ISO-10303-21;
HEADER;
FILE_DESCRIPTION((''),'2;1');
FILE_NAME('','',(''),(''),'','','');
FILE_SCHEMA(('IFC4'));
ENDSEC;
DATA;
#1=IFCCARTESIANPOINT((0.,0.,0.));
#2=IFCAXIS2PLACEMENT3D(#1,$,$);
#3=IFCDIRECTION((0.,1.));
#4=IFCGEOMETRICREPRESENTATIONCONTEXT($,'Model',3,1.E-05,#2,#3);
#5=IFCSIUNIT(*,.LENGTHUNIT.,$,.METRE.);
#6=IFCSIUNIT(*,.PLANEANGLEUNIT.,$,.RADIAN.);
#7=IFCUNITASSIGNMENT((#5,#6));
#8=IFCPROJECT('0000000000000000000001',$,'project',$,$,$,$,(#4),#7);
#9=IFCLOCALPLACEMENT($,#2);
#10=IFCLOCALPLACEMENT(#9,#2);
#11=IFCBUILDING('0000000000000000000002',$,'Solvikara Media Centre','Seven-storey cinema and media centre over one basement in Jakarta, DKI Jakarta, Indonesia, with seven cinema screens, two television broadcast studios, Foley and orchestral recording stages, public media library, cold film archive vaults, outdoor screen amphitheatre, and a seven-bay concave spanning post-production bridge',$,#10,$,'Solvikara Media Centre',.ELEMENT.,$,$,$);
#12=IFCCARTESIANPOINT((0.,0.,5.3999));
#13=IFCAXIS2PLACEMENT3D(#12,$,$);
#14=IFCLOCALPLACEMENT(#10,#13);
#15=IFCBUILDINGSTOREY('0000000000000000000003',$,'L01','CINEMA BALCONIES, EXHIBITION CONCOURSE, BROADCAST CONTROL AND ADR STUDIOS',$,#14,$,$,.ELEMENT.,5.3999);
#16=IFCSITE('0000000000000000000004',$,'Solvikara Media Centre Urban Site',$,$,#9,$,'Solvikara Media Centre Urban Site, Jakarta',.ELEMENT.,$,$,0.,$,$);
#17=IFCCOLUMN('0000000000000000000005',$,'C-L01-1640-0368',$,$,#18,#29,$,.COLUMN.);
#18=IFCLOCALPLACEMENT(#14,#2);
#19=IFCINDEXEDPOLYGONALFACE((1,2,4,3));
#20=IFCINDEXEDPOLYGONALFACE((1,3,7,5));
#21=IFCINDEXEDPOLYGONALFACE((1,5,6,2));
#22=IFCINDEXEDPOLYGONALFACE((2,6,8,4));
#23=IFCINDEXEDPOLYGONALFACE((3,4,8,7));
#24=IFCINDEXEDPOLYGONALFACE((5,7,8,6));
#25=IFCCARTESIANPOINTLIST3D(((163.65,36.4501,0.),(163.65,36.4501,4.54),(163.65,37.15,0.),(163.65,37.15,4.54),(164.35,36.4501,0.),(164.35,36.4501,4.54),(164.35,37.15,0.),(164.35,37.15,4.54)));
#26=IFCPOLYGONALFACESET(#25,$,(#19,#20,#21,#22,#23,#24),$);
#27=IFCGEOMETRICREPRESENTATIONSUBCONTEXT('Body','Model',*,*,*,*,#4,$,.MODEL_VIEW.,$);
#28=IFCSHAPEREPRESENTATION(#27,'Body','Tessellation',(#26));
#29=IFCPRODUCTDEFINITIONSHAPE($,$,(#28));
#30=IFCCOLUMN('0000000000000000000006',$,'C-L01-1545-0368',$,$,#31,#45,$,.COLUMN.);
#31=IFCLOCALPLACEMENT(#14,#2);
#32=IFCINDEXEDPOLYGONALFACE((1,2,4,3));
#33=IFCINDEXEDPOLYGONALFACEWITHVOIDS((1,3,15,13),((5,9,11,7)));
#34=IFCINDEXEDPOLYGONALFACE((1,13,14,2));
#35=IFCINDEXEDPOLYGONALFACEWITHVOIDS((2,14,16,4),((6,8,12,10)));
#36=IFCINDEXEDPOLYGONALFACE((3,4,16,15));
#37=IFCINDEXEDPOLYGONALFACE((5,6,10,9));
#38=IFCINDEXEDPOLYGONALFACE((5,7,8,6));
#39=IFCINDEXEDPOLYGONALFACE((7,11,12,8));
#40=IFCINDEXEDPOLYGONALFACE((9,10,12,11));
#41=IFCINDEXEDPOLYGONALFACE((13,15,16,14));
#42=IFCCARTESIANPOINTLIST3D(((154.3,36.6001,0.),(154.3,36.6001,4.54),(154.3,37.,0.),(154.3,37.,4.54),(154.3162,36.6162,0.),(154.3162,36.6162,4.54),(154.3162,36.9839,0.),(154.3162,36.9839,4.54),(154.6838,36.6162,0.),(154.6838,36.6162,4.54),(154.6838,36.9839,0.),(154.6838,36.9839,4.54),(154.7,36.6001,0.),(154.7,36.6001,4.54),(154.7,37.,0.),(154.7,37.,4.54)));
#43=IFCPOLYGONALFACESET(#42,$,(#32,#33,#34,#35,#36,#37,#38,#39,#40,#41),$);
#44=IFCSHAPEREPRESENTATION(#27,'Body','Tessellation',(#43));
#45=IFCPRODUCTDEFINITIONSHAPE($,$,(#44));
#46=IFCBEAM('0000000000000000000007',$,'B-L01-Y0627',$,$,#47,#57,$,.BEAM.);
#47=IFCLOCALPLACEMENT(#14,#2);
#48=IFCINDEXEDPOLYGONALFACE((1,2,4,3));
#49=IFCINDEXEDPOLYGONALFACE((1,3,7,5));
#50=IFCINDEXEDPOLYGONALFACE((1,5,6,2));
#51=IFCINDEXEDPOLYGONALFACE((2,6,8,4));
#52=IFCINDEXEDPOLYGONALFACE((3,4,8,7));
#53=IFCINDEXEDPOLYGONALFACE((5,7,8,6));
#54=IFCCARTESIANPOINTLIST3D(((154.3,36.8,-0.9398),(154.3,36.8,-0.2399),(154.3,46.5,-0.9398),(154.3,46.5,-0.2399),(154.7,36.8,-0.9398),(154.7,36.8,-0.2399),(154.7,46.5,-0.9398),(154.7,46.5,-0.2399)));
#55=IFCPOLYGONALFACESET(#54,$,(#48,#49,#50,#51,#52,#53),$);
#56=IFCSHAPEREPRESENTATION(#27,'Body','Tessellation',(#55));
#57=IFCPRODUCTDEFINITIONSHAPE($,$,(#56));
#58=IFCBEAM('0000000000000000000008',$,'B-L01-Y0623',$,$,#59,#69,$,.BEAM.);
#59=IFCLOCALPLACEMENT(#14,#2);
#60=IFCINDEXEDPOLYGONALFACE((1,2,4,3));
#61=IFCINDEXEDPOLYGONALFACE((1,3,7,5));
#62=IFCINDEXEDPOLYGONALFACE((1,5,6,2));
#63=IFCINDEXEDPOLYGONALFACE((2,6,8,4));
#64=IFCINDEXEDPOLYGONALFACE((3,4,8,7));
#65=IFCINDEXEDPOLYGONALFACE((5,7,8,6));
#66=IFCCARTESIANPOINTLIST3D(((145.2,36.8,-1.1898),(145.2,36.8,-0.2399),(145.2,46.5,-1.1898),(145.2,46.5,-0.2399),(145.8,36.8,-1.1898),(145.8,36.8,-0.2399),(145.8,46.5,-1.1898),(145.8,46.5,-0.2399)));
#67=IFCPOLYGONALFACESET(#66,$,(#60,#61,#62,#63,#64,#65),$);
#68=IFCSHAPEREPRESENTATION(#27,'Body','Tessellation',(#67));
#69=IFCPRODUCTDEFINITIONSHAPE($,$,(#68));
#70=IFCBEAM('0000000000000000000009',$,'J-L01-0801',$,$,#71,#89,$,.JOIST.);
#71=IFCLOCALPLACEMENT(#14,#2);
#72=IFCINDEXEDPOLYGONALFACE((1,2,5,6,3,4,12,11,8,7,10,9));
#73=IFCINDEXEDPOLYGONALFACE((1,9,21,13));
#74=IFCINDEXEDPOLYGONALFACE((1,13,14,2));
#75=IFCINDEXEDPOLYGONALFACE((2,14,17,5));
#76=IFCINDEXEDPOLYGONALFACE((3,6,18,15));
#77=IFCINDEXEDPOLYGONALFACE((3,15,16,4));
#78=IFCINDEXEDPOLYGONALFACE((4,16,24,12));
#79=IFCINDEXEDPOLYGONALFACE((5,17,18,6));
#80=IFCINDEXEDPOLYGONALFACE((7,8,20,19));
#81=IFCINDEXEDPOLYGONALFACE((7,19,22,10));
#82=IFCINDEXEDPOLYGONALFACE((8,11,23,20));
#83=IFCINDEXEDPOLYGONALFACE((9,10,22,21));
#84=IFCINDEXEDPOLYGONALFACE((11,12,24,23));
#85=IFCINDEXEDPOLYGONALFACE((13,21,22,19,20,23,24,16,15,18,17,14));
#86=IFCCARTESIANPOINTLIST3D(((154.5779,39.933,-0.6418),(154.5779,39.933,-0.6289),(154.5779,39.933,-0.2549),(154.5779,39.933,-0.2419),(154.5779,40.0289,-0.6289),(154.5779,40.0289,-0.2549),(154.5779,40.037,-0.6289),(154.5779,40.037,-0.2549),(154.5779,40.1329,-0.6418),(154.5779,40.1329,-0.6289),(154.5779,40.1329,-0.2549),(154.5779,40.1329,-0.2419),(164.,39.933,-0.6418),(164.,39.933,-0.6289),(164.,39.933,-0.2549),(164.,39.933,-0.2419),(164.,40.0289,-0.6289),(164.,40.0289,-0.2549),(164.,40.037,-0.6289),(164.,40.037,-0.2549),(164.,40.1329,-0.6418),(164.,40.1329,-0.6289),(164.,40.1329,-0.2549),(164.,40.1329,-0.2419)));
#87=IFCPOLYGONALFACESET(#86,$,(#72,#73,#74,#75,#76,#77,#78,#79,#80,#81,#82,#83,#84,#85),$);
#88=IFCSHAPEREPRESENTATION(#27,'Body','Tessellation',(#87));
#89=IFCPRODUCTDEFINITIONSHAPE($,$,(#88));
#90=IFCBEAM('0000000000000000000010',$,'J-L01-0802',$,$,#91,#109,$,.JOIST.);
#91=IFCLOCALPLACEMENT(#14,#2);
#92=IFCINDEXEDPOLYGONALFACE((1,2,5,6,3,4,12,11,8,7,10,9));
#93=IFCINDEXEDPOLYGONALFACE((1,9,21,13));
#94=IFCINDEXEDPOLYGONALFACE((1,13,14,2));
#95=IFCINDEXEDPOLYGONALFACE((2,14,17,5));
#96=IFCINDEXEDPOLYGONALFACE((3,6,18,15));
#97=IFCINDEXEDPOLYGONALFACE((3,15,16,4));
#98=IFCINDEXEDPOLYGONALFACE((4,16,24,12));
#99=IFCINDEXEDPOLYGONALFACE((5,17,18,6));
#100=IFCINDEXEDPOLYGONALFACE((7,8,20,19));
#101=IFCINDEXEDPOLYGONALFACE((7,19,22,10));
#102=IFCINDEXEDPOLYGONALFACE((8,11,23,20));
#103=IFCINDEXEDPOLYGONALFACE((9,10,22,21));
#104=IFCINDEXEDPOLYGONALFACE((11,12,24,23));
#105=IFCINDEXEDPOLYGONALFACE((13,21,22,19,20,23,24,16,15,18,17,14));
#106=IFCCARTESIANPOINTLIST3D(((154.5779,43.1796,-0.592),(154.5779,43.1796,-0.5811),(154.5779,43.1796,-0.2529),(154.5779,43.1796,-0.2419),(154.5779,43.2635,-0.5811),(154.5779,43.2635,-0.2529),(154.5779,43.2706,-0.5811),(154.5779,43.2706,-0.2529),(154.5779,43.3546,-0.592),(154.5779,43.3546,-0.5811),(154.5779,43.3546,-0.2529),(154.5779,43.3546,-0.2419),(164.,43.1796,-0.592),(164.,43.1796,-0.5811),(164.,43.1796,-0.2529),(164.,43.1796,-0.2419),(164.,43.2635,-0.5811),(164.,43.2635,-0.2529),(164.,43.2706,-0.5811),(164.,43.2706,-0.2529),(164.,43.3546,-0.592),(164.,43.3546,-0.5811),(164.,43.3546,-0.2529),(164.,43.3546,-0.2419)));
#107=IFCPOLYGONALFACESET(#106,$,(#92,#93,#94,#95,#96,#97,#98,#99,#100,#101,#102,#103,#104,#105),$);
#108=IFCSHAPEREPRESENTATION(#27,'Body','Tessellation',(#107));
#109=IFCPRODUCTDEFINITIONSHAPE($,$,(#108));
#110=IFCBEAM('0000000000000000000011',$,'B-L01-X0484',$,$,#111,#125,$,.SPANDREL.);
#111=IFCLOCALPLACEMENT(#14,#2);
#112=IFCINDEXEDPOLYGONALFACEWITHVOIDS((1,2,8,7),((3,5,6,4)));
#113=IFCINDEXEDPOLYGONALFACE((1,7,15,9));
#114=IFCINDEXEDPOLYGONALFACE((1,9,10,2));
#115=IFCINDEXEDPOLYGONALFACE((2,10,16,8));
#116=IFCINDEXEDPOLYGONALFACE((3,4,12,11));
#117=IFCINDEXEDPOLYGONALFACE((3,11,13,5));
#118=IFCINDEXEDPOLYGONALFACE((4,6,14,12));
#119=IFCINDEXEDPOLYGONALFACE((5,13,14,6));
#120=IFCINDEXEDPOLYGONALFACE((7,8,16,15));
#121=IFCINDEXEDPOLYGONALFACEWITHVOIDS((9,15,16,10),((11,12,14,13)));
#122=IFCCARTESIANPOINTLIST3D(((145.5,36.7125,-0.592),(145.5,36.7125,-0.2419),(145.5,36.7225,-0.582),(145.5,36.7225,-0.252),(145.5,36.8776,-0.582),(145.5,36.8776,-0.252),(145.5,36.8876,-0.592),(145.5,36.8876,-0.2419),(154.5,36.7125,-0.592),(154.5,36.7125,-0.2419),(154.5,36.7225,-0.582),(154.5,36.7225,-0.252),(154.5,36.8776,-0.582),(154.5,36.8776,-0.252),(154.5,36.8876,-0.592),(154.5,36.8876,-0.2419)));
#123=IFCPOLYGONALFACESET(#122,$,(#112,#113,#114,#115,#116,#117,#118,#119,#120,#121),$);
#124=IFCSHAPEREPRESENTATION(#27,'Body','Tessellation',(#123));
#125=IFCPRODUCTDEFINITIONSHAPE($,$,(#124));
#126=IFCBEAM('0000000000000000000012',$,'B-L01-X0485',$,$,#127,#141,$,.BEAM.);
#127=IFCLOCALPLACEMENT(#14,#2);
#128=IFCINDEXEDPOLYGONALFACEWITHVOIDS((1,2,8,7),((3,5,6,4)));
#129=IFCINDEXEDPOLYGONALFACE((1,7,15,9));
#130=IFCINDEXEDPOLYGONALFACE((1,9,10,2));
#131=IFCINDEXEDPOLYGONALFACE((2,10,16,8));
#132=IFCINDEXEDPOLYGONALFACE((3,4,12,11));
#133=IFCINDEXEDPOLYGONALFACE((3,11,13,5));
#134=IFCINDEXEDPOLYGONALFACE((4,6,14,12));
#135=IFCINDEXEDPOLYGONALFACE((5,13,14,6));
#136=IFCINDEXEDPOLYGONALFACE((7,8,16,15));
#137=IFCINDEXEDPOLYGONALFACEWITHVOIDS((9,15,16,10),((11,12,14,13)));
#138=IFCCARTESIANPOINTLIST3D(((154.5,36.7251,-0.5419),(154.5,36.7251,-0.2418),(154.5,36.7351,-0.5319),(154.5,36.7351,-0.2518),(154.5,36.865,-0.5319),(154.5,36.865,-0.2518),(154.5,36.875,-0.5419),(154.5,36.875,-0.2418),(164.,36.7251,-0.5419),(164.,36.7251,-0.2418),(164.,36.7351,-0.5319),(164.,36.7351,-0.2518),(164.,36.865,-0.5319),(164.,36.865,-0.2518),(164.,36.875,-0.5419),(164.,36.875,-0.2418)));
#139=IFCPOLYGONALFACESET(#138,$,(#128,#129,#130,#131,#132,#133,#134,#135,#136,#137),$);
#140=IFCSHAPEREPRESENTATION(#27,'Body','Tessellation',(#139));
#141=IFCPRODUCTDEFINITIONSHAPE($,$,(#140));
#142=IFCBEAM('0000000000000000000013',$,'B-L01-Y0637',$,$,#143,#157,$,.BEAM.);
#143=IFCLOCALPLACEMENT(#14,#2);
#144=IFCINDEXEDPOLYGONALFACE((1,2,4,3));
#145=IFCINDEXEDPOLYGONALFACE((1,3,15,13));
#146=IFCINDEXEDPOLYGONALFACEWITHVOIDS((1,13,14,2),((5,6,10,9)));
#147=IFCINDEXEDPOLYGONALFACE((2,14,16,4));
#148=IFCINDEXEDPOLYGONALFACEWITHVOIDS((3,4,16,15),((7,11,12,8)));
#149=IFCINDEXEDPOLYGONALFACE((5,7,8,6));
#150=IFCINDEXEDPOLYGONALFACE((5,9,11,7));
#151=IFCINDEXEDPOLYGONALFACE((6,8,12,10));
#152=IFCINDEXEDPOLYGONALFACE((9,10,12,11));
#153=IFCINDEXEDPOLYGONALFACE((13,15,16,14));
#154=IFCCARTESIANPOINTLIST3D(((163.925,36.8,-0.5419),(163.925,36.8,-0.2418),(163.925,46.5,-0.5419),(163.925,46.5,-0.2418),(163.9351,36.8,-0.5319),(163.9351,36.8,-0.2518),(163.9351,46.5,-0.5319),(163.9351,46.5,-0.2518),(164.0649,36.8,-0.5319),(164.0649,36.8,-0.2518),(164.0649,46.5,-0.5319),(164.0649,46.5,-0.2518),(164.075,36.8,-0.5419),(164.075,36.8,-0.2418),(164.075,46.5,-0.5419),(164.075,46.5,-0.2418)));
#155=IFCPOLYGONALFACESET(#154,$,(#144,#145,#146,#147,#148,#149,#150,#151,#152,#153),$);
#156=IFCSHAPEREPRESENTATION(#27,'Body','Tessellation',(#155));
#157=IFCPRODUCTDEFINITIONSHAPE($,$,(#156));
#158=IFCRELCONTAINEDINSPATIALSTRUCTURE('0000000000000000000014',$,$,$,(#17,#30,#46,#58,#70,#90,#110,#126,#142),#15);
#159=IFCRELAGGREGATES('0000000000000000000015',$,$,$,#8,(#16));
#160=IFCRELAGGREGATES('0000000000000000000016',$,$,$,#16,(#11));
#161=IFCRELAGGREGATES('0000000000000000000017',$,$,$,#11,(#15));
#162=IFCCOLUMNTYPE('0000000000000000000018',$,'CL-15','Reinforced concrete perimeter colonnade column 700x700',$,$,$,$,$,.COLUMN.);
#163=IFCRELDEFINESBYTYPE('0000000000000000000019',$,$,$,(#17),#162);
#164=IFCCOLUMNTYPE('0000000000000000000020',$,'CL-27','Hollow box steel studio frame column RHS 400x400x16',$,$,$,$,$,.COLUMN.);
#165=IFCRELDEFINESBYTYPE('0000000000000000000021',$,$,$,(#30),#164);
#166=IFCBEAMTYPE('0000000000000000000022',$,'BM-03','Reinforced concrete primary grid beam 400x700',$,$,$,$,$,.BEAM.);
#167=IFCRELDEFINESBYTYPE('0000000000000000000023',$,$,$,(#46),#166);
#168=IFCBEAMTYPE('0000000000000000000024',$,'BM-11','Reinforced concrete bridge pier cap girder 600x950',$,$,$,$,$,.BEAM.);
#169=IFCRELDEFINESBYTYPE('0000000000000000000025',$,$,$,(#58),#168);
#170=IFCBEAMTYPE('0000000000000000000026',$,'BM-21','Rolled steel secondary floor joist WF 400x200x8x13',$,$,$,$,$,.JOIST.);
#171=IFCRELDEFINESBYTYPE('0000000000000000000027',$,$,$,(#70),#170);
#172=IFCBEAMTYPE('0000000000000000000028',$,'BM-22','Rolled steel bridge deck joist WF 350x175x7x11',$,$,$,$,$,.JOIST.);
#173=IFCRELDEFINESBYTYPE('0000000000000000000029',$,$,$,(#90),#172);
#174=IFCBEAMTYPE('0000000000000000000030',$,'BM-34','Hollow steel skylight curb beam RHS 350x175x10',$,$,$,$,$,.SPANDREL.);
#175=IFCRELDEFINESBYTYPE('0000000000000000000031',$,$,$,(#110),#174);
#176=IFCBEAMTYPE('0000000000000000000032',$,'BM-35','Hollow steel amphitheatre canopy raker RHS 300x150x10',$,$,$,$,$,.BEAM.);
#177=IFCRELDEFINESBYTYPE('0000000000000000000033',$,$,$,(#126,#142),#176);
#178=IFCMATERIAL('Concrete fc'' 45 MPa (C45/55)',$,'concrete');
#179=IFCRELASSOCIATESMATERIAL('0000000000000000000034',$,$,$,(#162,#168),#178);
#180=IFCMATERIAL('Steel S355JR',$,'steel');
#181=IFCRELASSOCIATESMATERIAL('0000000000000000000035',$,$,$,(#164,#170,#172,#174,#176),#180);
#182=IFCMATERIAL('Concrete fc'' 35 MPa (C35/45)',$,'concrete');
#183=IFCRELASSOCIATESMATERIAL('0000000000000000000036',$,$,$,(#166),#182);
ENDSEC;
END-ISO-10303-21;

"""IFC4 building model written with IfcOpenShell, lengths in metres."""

from ifc_helpers import new_model, si_unit, direction, frame, origin, origin_2d, place, context, subcontext, project, spatial, rectangle, hollow_rectangle, i_section, extrude, material, material_profile, profile_set, type_object, element, save


model = new_model("IFC4")

# Units and contexts
model_context = context("Model", 3, precision=1e-05, world=origin(), true_north=direction((0.0, 1.0)))
body_context = subcontext(model_context, "Body", "Model", "MODEL_VIEW")
ifc_project = project(units=[si_unit("LENGTHUNIT", "METRE"), si_unit("PLANEANGLEUNIT", "RADIAN")], contexts=[model_context])

# Site, building, storey
site_placement = place(None, origin())
site = spatial("IfcSite", under=ifc_project, at=site_placement, Name="Solvikara Media Centre Urban Site", LongName="Solvikara Media Centre Urban Site, Jakarta", CompositionType="ELEMENT", RefElevation=0.0)
building_placement = place(site_placement, origin())
building = spatial("IfcBuilding", under=site, at=building_placement, Name="Solvikara Media Centre", Description="Seven-storey cinema and media centre over one basement in Jakarta, DKI Jakarta, Indonesia, with seven cinema screens, two television broadcast studios, Foley and orchestral recording stages, public media library, cold film archive vaults, outdoor screen amphitheatre, and a seven-bay concave spanning post-production bridge", LongName="Solvikara Media Centre", CompositionType="ELEMENT")
storey_placement = place(building_placement, frame((0.0, 0.0, 5.3999)))
storey = spatial("IfcBuildingStorey", under=building, at=storey_placement, Name="L01", Description="CINEMA BALCONIES, EXHIBITION CONCOURSE, BROADCAST CONTROL AND ADR STUDIOS", CompositionType="ELEMENT", Elevation=5.3999)

# Columns
ifc_material_1 = material(Name="Concrete fc' 45 MPa (C45/55)", Category="concrete")
ifc_material_profile_1 = material_profile(ifc_material_1, rectangle(XDim=0.7, YDim=0.7, at=origin_2d()), Name="RC 700x700")
ifc_profile_set_1 = profile_set([ifc_material_profile_1], Name="Concrete fc' 45 MPa (C45/55)")
column_type_1 = type_object("IfcColumnType", Name="CL-15", Description="Reinforced concrete perimeter colonnade column 700x700", PredefinedType="COLUMN", material=ifc_profile_set_1)
column_1_placement = place(storey_placement, frame((164.0, 36.8, 0.0), z_axis=(0.0, 0.0, 1.0), x_axis=(1.0, 0.0, 0.0)))
element("IfcColumn", 1, at=column_1_placement, inside=storey, type_object=column_type_1, Name="C-L01-1640-0368", PredefinedType="COLUMN", context=body_context, shape_type="SweptSolid", body=[
    extrude(rectangle(XDim=0.7, YDim=0.7, at=origin_2d()), origin(), (0.0, 0.0, 1.0), 4.54),
])
ifc_material_2 = material(Name="Steel S355JR", Category="steel")
ifc_material_profile_2 = material_profile(ifc_material_2, hollow_rectangle(XDim=0.3999, YDim=0.3999, WallThickness=0.0161, at=origin_2d()), Name="RHS 400x400x16")
ifc_profile_set_2 = profile_set([ifc_material_profile_2], Name="Steel S355JR")
column_type_2 = type_object("IfcColumnType", Name="CL-27", Description="Hollow box steel studio frame column RHS 400x400x16", PredefinedType="COLUMN", material=ifc_profile_set_2)
column_2_placement = place(storey_placement, frame((154.5, 36.8, 0.0), z_axis=(0.0, 0.0, 1.0), x_axis=(1.0, 0.0, 0.0)))
element("IfcColumn", 2, at=column_2_placement, inside=storey, type_object=column_type_2, Name="C-L01-1545-0368", PredefinedType="COLUMN", context=body_context, shape_type="SweptSolid", body=[
    extrude(hollow_rectangle(XDim=0.3999, YDim=0.3999, WallThickness=0.0161, at=origin_2d()), origin(), (0.0, 0.0, 1.0), 4.54),
])

# Beams
ifc_material_3 = material(Name="Concrete fc' 35 MPa (C35/45)", Category="concrete")
ifc_material_profile_3 = material_profile(ifc_material_3, rectangle(XDim=0.3999, YDim=0.7, at=origin_2d()), Name="RC 400x700")
ifc_profile_set_3 = profile_set([ifc_material_profile_3], Name="Concrete fc' 35 MPa (C35/45)")
beam_type_1 = type_object("IfcBeamType", Name="BM-03", Description="Reinforced concrete primary grid beam 400x700", PredefinedType="BEAM", material=ifc_profile_set_3)
beam_1_placement = place(storey_placement, frame((154.5, 36.8, -0.5898), z_axis=(0.0, 1.0, 0.0), x_axis=(-1.0, 0.0, 0.0)))
element("IfcBeam", 3, at=beam_1_placement, inside=storey, type_object=beam_type_1, Name="B-L01-Y0627", PredefinedType="BEAM", context=body_context, shape_type="SweptSolid", body=[
    extrude(rectangle(XDim=0.3999, YDim=0.7, at=origin_2d()), origin(), (0.0, 0.0, 1.0), 9.7),
])
ifc_material_profile_4 = material_profile(ifc_material_1, rectangle(XDim=0.6001, YDim=0.95, at=origin_2d()), Name="RC 600x950")
ifc_profile_set_4 = profile_set([ifc_material_profile_4], Name="Concrete fc' 45 MPa (C45/55)")
beam_type_2 = type_object("IfcBeamType", Name="BM-11", Description="Reinforced concrete bridge pier cap girder 600x950", PredefinedType="BEAM", material=ifc_profile_set_4)
beam_2_placement = place(storey_placement, frame((145.5, 36.8, -0.7148), z_axis=(0.0, 1.0, 0.0), x_axis=(-1.0, 0.0, 0.0)))
element("IfcBeam", 4, at=beam_2_placement, inside=storey, type_object=beam_type_2, Name="B-L01-Y0623", PredefinedType="BEAM", context=body_context, shape_type="SweptSolid", body=[
    extrude(rectangle(XDim=0.6001, YDim=0.95, at=origin_2d()), origin(), (0.0, 0.0, 1.0), 9.7),
])
ifc_material_profile_5 = material_profile(ifc_material_2, i_section(OverallWidth=0.2, OverallDepth=0.3999, WebThickness=0.0081, FlangeThickness=0.0129, at=origin_2d()), Name="WF 400x200x8x13")
ifc_profile_set_5 = profile_set([ifc_material_profile_5], Name="Steel S355JR")
beam_type_3 = type_object("IfcBeamType", Name="BM-21", Description="Rolled steel secondary floor joist WF 400x200x8x13", PredefinedType="JOIST", material=ifc_profile_set_5)
beam_3_placement = place(storey_placement, frame((154.5779, 40.033, -0.4419), z_axis=(1.0, 0.0, 0.0), x_axis=(0.0, 1.0, 0.0)))
element("IfcBeam", 5, at=beam_3_placement, inside=storey, type_object=beam_type_3, Name="J-L01-0801", PredefinedType="JOIST", context=body_context, shape_type="SweptSolid", body=[
    extrude(i_section(OverallWidth=0.2, OverallDepth=0.3999, WebThickness=0.0081, FlangeThickness=0.0129, at=origin_2d()), origin(), (0.0, 0.0, 1.0), 9.4221),
])
ifc_material_profile_6 = material_profile(ifc_material_2, i_section(OverallWidth=0.175, OverallDepth=0.3501, WebThickness=0.0071, FlangeThickness=0.011, at=origin_2d()), Name="WF 350x175x7x11")
ifc_profile_set_6 = profile_set([ifc_material_profile_6], Name="Steel S355JR")
beam_type_4 = type_object("IfcBeamType", Name="BM-22", Description="Rolled steel bridge deck joist WF 350x175x7x11", PredefinedType="JOIST", material=ifc_profile_set_6)
beam_4_placement = place(storey_placement, frame((154.5779, 43.2671, -0.417), z_axis=(1.0, 0.0, 0.0), x_axis=(0.0, 1.0, 0.0)))
element("IfcBeam", 6, at=beam_4_placement, inside=storey, type_object=beam_type_4, Name="J-L01-0802", PredefinedType="JOIST", context=body_context, shape_type="SweptSolid", body=[
    extrude(i_section(OverallWidth=0.175, OverallDepth=0.3501, WebThickness=0.0071, FlangeThickness=0.011, at=origin_2d()), origin(), (0.0, 0.0, 1.0), 9.4221),
])
ifc_material_profile_7 = material_profile(ifc_material_2, hollow_rectangle(XDim=0.175, YDim=0.3501, WallThickness=0.01, at=origin_2d()), Name="RHS 350x175x10")
ifc_profile_set_7 = profile_set([ifc_material_profile_7], Name="Steel S355JR")
beam_type_5 = type_object("IfcBeamType", Name="BM-34", Description="Hollow steel skylight curb beam RHS 350x175x10", PredefinedType="SPANDREL", material=ifc_profile_set_7)
beam_5_placement = place(storey_placement, frame((145.5, 36.8, -0.417), z_axis=(1.0, 0.0, 0.0), x_axis=(0.0, 1.0, 0.0)))
element("IfcBeam", 7, at=beam_5_placement, inside=storey, type_object=beam_type_5, Name="B-L01-X0484", PredefinedType="SPANDREL", context=body_context, shape_type="SweptSolid", body=[
    extrude(hollow_rectangle(XDim=0.175, YDim=0.3501, WallThickness=0.01, at=origin_2d()), origin(), (0.0, 0.0, 1.0), 9.0),
])
ifc_material_profile_8 = material_profile(ifc_material_2, hollow_rectangle(XDim=0.1499, YDim=0.3, WallThickness=0.01, at=origin_2d()), Name="RHS 300x150x10")
ifc_profile_set_8 = profile_set([ifc_material_profile_8], Name="Steel S355JR")
beam_type_6 = type_object("IfcBeamType", Name="BM-35", Description="Hollow steel amphitheatre canopy raker RHS 300x150x10", PredefinedType="BEAM", material=ifc_profile_set_8)
beam_6_placement = place(storey_placement, frame((154.5, 36.8, -0.3918), z_axis=(1.0, 0.0, 0.0), x_axis=(0.0, 1.0, 0.0)))
element("IfcBeam", 8, at=beam_6_placement, inside=storey, type_object=beam_type_6, Name="B-L01-X0485", PredefinedType="BEAM", context=body_context, shape_type="SweptSolid", body=[
    extrude(hollow_rectangle(XDim=0.1499, YDim=0.3, WallThickness=0.01, at=origin_2d()), origin(), (0.0, 0.0, 1.0), 9.5),
])
beam_7_placement = place(storey_placement, frame((164.0, 36.8, -0.3918), z_axis=(0.0, 1.0, 0.0), x_axis=(-1.0, 0.0, 0.0)))
element("IfcBeam", 9, at=beam_7_placement, inside=storey, type_object=beam_type_6, Name="B-L01-Y0637", PredefinedType="BEAM", context=body_context, shape_type="SweptSolid", body=[
    extrude(hollow_rectangle(XDim=0.1499, YDim=0.3, WallThickness=0.01, at=origin_2d()), origin(), (0.0, 0.0, 1.0), 9.7),
])

save(model, "model.ifc")
